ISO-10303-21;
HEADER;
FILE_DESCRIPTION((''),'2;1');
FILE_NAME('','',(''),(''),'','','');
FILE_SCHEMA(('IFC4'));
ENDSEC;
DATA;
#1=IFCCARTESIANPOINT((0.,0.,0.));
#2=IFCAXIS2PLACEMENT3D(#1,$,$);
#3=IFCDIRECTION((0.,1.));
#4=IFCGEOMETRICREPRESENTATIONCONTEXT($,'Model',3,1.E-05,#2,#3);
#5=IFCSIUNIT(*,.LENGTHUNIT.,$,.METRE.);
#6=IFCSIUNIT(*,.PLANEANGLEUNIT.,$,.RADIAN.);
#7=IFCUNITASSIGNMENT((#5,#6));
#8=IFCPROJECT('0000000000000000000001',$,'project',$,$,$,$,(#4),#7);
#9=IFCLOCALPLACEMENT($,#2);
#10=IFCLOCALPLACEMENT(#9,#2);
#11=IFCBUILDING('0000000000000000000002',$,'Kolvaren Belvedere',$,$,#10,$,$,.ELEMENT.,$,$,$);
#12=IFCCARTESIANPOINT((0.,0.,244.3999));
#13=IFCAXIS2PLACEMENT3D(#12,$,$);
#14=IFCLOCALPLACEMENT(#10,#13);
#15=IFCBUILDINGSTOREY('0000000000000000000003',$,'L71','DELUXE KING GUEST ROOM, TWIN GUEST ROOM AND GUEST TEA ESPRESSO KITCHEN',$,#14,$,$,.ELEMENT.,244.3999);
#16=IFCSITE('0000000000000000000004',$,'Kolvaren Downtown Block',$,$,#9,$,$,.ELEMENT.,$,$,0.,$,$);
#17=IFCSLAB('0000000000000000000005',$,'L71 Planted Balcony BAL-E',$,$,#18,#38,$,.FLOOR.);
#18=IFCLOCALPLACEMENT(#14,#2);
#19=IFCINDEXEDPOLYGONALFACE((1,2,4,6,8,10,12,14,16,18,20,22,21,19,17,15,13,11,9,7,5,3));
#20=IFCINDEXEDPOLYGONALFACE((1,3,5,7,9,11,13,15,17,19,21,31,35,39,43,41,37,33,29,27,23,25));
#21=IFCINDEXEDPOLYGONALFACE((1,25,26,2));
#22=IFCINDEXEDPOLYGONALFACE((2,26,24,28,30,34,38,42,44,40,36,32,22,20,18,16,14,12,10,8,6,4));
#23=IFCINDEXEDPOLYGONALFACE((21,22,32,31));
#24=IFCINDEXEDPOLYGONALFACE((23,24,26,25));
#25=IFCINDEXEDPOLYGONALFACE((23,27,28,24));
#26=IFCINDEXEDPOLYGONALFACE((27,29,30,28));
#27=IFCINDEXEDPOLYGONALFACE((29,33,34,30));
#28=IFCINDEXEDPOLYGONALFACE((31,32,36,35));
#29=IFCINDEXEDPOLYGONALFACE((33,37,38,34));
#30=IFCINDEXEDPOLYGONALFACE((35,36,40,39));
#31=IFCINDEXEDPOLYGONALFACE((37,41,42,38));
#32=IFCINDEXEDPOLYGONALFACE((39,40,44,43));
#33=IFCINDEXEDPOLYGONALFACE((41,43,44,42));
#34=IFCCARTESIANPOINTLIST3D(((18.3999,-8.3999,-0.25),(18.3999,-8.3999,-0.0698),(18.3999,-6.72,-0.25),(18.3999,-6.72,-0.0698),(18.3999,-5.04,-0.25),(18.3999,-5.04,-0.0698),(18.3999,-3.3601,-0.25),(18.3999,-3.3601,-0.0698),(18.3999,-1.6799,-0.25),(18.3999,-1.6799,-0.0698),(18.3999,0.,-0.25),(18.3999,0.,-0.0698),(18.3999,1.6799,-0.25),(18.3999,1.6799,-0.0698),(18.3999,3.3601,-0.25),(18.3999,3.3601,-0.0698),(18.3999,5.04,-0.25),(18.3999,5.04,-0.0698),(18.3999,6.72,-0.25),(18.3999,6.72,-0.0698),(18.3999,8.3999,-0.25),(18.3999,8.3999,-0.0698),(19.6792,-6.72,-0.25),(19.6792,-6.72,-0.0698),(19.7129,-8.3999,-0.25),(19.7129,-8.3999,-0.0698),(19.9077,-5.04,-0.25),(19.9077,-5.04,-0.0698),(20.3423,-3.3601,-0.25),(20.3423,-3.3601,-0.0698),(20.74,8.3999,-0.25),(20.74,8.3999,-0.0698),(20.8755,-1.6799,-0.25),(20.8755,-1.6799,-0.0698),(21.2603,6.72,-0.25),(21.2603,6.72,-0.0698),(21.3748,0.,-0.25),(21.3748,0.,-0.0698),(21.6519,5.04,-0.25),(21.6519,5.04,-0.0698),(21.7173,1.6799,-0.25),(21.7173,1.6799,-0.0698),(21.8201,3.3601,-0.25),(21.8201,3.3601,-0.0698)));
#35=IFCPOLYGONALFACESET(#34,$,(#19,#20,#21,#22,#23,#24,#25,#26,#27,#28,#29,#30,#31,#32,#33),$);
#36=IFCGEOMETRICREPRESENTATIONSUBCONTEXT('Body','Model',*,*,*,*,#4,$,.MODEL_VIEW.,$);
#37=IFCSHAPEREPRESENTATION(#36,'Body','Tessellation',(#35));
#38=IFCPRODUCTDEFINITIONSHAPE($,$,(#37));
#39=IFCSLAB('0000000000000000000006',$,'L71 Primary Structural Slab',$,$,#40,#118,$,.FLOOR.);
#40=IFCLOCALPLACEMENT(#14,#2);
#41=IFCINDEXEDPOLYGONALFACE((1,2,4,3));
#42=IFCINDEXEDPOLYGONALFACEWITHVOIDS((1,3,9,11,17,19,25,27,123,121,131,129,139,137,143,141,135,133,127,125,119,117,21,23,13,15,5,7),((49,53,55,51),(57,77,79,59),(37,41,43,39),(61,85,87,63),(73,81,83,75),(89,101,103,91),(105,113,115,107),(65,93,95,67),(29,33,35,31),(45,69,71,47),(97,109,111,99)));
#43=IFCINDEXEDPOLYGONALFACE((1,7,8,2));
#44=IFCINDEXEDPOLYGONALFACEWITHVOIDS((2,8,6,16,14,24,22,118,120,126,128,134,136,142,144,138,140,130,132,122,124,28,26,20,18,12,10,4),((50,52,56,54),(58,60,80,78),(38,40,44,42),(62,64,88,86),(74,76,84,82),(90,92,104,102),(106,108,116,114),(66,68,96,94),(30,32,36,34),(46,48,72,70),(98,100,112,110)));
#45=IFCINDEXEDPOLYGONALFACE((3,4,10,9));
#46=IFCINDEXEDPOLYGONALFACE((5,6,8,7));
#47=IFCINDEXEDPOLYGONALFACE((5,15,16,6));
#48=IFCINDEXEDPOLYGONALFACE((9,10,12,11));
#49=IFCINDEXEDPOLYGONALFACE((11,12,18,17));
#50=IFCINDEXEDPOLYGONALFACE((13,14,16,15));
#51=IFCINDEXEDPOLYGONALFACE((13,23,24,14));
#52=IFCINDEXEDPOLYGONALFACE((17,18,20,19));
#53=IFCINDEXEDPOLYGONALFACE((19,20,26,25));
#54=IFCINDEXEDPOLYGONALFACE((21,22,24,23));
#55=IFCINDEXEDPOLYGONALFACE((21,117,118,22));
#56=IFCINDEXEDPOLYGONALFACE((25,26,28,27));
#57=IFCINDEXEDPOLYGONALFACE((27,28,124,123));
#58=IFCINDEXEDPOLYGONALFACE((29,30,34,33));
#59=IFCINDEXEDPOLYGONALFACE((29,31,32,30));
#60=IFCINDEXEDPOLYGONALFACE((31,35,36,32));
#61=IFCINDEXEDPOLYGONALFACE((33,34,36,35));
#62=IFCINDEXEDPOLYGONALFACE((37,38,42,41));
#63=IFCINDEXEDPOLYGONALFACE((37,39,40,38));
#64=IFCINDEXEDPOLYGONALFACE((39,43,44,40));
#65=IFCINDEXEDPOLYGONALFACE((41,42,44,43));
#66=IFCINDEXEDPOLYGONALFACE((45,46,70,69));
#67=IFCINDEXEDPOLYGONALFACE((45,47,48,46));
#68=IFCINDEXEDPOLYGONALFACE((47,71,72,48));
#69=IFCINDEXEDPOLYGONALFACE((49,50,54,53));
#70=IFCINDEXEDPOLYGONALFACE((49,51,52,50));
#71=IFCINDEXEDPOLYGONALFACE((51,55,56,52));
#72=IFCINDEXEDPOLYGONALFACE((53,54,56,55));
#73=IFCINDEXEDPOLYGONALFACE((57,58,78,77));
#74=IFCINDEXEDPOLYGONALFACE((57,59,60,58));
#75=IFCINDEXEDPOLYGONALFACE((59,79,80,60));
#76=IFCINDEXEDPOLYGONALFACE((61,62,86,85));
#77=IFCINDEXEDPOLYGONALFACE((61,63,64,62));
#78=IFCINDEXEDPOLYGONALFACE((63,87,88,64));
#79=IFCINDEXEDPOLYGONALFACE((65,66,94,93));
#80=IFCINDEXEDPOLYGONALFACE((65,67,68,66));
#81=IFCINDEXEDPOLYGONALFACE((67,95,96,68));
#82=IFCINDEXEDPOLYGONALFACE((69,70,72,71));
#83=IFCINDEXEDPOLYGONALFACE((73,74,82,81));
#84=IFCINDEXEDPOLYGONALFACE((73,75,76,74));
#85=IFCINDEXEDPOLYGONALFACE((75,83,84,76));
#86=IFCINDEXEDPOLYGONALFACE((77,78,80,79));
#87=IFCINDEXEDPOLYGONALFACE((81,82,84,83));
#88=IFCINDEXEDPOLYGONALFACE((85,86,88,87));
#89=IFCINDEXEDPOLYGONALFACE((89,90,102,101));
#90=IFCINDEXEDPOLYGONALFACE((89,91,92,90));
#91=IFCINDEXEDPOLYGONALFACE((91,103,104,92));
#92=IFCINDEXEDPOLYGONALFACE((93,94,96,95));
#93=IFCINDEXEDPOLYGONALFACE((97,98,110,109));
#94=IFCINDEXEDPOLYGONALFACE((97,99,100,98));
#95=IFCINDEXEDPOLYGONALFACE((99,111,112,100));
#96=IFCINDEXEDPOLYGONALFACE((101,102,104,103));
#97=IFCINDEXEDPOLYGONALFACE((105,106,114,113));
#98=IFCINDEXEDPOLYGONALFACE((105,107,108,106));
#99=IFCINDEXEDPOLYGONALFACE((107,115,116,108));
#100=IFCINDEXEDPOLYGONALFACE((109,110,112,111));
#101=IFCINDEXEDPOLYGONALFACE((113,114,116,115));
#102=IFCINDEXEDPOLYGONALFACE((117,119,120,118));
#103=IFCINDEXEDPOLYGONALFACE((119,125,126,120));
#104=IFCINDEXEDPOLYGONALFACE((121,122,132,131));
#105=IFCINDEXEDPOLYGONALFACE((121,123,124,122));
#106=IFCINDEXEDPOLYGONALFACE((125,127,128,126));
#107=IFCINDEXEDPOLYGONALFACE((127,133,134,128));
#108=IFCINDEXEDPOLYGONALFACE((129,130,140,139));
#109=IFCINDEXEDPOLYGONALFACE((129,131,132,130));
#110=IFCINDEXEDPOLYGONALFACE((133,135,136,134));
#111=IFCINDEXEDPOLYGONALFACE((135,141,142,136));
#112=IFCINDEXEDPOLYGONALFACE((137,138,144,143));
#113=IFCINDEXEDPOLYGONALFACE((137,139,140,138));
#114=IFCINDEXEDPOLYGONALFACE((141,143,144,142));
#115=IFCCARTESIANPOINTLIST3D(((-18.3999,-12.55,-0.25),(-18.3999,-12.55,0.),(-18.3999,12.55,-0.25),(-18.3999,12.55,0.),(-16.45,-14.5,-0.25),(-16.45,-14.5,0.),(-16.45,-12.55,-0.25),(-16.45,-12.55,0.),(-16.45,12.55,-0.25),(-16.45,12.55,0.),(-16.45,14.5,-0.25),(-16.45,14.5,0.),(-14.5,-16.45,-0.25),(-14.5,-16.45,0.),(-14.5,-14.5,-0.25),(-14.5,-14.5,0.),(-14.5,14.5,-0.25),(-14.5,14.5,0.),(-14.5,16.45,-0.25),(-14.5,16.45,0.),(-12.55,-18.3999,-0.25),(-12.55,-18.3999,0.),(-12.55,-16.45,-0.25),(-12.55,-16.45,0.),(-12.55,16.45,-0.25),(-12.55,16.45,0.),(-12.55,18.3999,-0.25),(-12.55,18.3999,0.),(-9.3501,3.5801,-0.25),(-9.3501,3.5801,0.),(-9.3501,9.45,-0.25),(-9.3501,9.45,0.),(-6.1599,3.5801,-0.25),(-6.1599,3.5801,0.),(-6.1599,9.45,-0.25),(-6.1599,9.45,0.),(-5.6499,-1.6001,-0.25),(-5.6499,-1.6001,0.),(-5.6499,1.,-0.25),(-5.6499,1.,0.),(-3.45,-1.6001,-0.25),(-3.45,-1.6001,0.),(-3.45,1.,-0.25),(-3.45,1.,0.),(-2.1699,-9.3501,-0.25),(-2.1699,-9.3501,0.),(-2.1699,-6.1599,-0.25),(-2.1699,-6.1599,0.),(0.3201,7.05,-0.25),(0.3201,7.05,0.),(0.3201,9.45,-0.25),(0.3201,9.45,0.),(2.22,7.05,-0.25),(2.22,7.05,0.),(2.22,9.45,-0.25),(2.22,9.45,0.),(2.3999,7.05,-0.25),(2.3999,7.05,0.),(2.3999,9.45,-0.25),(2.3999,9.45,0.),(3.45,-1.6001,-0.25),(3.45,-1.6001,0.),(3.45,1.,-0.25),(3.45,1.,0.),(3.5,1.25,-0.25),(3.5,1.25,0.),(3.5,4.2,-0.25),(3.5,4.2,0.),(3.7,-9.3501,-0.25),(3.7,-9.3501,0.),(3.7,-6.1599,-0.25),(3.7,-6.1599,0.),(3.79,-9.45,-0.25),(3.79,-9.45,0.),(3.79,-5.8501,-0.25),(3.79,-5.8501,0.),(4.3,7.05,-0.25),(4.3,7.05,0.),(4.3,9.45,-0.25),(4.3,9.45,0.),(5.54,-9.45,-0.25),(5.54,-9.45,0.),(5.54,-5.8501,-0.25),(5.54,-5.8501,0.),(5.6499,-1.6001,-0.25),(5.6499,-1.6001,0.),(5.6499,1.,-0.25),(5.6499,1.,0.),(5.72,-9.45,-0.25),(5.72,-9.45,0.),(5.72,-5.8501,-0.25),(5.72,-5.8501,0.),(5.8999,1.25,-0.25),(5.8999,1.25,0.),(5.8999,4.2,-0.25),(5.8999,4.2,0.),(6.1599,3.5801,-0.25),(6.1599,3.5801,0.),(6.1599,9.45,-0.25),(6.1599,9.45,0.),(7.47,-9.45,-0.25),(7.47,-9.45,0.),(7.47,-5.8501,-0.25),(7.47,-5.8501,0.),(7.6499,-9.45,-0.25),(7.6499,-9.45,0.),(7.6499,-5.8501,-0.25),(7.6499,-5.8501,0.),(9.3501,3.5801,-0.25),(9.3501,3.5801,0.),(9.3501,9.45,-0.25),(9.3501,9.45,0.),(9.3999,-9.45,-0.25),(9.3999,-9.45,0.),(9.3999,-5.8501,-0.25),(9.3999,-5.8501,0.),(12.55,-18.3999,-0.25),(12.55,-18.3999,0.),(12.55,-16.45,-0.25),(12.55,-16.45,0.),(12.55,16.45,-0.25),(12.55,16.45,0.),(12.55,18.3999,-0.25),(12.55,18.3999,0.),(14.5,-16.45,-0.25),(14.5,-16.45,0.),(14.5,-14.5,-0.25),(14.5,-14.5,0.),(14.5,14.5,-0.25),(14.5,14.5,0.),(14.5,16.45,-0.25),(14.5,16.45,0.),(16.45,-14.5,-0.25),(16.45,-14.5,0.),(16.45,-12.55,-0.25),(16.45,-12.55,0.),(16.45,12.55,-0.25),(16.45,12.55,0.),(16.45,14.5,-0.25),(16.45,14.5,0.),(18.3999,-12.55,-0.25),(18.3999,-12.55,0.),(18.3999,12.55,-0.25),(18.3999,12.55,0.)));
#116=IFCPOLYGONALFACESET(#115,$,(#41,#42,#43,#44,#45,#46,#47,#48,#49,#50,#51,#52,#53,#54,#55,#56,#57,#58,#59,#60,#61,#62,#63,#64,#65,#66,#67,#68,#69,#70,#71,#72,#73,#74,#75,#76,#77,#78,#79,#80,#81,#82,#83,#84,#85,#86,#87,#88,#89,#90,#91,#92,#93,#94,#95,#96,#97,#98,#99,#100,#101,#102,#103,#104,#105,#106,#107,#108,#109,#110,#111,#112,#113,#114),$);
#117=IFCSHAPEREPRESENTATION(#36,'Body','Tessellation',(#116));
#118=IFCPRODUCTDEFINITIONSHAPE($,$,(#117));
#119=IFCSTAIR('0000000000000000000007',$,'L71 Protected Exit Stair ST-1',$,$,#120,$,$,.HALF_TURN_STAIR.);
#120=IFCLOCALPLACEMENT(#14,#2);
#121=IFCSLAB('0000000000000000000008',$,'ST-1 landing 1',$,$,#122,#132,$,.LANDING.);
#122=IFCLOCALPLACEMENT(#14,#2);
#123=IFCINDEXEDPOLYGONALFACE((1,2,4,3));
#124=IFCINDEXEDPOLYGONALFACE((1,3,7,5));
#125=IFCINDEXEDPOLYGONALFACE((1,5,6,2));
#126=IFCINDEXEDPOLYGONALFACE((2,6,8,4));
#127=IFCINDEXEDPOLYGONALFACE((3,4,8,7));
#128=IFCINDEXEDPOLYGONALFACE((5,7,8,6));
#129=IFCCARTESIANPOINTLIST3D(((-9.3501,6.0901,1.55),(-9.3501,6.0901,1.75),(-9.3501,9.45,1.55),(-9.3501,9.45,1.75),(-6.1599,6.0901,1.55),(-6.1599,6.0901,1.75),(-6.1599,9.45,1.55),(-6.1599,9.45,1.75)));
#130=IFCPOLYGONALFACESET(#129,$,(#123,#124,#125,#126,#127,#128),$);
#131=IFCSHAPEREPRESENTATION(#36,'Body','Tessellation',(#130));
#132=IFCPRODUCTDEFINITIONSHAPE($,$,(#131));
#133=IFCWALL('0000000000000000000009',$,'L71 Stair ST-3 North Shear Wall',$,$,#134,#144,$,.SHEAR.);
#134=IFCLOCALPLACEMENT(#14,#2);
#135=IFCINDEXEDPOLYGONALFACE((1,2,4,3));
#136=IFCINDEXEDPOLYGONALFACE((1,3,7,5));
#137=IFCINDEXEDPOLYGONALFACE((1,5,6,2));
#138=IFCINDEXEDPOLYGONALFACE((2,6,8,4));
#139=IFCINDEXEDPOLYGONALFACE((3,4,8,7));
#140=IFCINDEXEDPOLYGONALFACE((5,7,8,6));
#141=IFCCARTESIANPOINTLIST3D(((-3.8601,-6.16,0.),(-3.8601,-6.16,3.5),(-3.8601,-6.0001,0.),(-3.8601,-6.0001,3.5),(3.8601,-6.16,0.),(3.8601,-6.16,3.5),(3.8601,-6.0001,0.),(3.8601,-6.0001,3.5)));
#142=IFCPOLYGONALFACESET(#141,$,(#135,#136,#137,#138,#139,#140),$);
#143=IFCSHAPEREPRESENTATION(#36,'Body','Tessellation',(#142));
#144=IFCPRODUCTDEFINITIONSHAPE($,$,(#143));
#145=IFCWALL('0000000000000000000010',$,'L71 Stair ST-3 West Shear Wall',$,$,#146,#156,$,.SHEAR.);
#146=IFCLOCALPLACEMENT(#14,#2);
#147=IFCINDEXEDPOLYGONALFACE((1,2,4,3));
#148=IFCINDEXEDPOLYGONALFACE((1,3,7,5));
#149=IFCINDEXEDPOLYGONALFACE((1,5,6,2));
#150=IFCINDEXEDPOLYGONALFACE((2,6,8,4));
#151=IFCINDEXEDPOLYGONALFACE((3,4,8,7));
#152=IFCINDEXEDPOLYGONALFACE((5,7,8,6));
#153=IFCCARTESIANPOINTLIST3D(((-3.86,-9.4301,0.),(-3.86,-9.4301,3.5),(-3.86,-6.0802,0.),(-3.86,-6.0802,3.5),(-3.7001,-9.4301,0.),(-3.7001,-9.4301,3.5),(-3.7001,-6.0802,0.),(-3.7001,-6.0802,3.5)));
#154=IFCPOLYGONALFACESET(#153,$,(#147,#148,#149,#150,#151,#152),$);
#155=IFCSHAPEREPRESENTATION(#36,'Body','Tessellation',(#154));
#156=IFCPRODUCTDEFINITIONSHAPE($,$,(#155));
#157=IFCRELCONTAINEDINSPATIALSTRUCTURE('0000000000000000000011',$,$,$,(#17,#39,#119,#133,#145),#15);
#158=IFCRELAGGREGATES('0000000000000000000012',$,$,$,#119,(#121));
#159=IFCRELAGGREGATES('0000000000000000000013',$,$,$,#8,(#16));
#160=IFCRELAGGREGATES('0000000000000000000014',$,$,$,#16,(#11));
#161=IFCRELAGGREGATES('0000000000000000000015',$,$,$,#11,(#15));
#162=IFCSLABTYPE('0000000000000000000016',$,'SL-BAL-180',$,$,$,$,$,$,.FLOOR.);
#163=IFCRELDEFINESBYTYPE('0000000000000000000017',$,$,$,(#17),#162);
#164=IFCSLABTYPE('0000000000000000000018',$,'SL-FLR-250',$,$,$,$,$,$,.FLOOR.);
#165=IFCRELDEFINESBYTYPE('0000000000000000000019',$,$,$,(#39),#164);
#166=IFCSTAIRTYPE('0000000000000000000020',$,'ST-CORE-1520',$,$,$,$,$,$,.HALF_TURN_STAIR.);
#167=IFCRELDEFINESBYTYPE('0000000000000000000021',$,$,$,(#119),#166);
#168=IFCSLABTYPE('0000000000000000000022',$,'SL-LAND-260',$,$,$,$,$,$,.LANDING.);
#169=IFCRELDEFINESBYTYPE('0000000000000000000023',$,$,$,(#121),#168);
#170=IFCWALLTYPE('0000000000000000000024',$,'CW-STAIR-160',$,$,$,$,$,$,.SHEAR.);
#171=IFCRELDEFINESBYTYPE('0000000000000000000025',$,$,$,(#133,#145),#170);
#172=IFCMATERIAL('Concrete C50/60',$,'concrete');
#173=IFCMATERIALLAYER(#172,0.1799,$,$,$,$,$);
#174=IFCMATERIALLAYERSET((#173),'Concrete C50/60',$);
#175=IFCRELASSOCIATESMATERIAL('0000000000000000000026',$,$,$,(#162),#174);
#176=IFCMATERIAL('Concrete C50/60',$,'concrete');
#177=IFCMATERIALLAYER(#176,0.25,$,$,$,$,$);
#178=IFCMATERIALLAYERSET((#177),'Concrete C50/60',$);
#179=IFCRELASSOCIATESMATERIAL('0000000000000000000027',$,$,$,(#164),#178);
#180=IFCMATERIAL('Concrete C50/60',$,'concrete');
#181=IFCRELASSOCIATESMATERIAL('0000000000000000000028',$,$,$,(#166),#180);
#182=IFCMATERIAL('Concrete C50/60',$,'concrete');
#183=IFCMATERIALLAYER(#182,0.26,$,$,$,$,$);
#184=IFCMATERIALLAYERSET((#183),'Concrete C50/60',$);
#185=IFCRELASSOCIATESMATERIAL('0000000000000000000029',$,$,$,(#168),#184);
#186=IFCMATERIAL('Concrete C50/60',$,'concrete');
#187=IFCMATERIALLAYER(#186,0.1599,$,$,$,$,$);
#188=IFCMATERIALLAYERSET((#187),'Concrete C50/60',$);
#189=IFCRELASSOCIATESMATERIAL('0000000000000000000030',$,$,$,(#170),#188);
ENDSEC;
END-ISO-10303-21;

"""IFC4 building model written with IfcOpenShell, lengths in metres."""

from ifc_helpers import new_model, si_unit, direction, frame, frame_2d, origin, place, context, subcontext, project, spatial, polyline, rectangle, outline, extrude, material, layer, layer_set, type_object, element, aggregate, save


model = new_model("IFC4")

# Units and contexts
model_context = context("Model", 3, precision=1e-05, world=origin(), true_north=direction((0.0, 1.0)))
body_context = subcontext(model_context, "Body", "Model", "MODEL_VIEW")
ifc_project = project(units=[si_unit("LENGTHUNIT", "METRE"), si_unit("PLANEANGLEUNIT", "RADIAN")], contexts=[model_context])

# Site, building, storey
site_placement = place(None, origin())
site = spatial("IfcSite", under=ifc_project, at=site_placement, Name="Kolvaren Downtown Block", CompositionType="ELEMENT", RefElevation=0.0)
building_placement = place(site_placement, origin())
building = spatial("IfcBuilding", under=site, at=building_placement, Name="Kolvaren Belvedere", CompositionType="ELEMENT")
storey_placement = place(building_placement, frame((0.0, 0.0, 244.3999)))
storey = spatial("IfcBuildingStorey", under=building, at=storey_placement, Name="L71", Description="DELUXE KING GUEST ROOM, TWIN GUEST ROOM AND GUEST TEA ESPRESSO KITCHEN", CompositionType="ELEMENT", Elevation=244.3999)

# Slabs
ifc_material_1 = material(Name="Concrete C50/60", Category="concrete")
ifc_layer_1 = layer(ifc_material_1, 0.1799)
ifc_layer_set_1 = layer_set([ifc_layer_1], Name="Concrete C50/60")
slab_type_1 = type_object("IfcSlabType", Name="SL-BAL-180", PredefinedType="FLOOR", material=ifc_layer_set_1)
slab_1_placement = place(storey_placement, frame((0.0, 0.0, -0.25)))
element("IfcSlab", 1, at=slab_1_placement, inside=storey, type_object=slab_type_1, Name="L71 Planted Balcony BAL-E", PredefinedType="FLOOR", context=body_context, shape_type="SweptSolid", body=[
    extrude(outline(polyline([(19.7129, -8.3999), (19.6792, -6.72), (19.9077, -5.04), (20.3423, -3.3601), (20.8755, -1.6799), (21.3748, 0.0), (21.7173, 1.6799), (21.8201, 3.3601), (21.6519, 5.04), (21.2603, 6.72), (20.74, 8.3999), (18.3999, 8.3999), (18.3999, 6.72), (18.3999, 5.04), (18.3999, 3.3601), (18.3999, 1.6799), (18.3999, 0.0), (18.3999, -1.6799), (18.3999, -3.3601), (18.3999, -5.04), (18.3999, -6.72), (18.3999, -8.3999), (19.7129, -8.3999)])), origin(), (0.0, 0.0, 1.0), 0.1802),
])
ifc_material_2 = material(Name="Concrete C50/60", Category="concrete")
ifc_layer_2 = layer(ifc_material_2, 0.25)
ifc_layer_set_2 = layer_set([ifc_layer_2], Name="Concrete C50/60")
slab_type_2 = type_object("IfcSlabType", Name="SL-FLR-250", PredefinedType="FLOOR", material=ifc_layer_set_2)
slab_2_placement = place(storey_placement, frame((0.0, 0.0, -0.25)))
element("IfcSlab", 2, at=slab_2_placement, inside=storey, type_object=slab_type_2, Name="L71 Primary Structural Slab", PredefinedType="FLOOR", context=body_context, shape_type="SweptSolid", body=[
    extrude(outline(polyline([(-12.55, -18.3999), (12.55, -18.3999), (12.55, -16.45), (14.5, -16.45), (14.5, -14.5), (16.45, -14.5), (16.45, -12.55), (18.3999, -12.55), (18.3999, 12.55), (16.45, 12.55), (16.45, 14.5), (14.5, 14.5), (14.5, 16.45), (12.55, 16.45), (12.55, 18.3999), (-12.55, 18.3999), (-12.55, 16.45), (-14.5, 16.45), (-14.5, 14.5), (-16.45, 14.5), (-16.45, 12.55), (-18.3999, 12.55), (-18.3999, -12.55), (-16.45, -12.55), (-16.45, -14.5), (-14.5, -14.5), (-14.5, -16.45), (-12.55, -16.45), (-12.55, -18.3999)]), holes=[polyline([(-9.3501, 3.5801), (-6.1599, 3.5801), (-6.1599, 9.45), (-9.3501, 9.45), (-9.3501, 3.5801)]), polyline([(6.1599, 3.5801), (9.3501, 3.5801), (9.3501, 9.45), (6.1599, 9.45), (6.1599, 3.5801)]), polyline([(-2.1699, -9.3501), (3.7, -9.3501), (3.7, -6.1599), (-2.1699, -6.1599), (-2.1699, -9.3501)]), polyline([(-5.6499, -1.6001), (-3.45, -1.6001), (-3.45, 1.0), (-5.6499, 1.0), (-5.6499, -1.6001)]), polyline([(3.5, 1.25), (5.8999, 1.25), (5.8999, 4.2), (3.5, 4.2), (3.5, 1.25)]), polyline([(3.45, -1.6001), (5.6499, -1.6001), (5.6499, 1.0), (3.45, 1.0), (3.45, -1.6001)]), polyline([(3.79, -9.45), (5.54, -9.45), (5.54, -5.8501), (3.79, -5.8501), (3.79, -9.45)]), polyline([(5.72, -9.45), (7.47, -9.45), (7.47, -5.8501), (5.72, -5.8501), (5.72, -9.45)]), polyline([(7.6499, -9.45), (9.3999, -9.45), (9.3999, -5.8501), (7.6499, -5.8501), (7.6499, -9.45)]), polyline([(0.3201, 7.05), (2.22, 7.05), (2.22, 9.45), (0.3201, 9.45), (0.3201, 7.05)]), polyline([(2.3999, 7.05), (4.3, 7.05), (4.3, 9.45), (2.3999, 9.45), (2.3999, 7.05)])]), origin(), (0.0, 0.0, 1.0), 0.25),
])

# Stair, slab
ifc_material_3 = material(Name="Concrete C50/60", Category="concrete")
stair_type = type_object("IfcStairType", Name="ST-CORE-1520", PredefinedType="HALF_TURN_STAIR", material=ifc_material_3)
stair_1_placement = place(storey_placement, origin())
stair_1 = element("IfcStair", 3, at=stair_1_placement, inside=storey, type_object=stair_type, Name="L71 Protected Exit Stair ST-1", PredefinedType="HALF_TURN_STAIR")
ifc_material_4 = material(Name="Concrete C50/60", Category="concrete")
ifc_layer_3 = layer(ifc_material_4, 0.26)
ifc_layer_set_3 = layer_set([ifc_layer_3], Name="Concrete C50/60")
slab_type_3 = type_object("IfcSlabType", Name="SL-LAND-260", PredefinedType="LANDING", material=ifc_layer_set_3)
slab_3_placement = place(storey_placement, frame((0.0, 0.0, 1.55)))
slab_3 = element("IfcSlab", 4, at=slab_3_placement, type_object=slab_type_3, Name="ST-1 landing 1", PredefinedType="LANDING", context=body_context, shape_type="SweptSolid", body=[
    extrude(outline(polyline([(-6.1599, 6.0901), (-6.1599, 9.45), (-9.3501, 9.45), (-9.3501, 6.0901), (-6.1599, 6.0901)])), origin(), (0.0, 0.0, 1.0), 0.2),
])
aggregate(stair_1, [slab_3])

# Walls
ifc_material_5 = material(Name="Concrete C50/60", Category="concrete")
ifc_layer_4 = layer(ifc_material_5, 0.1599)
ifc_layer_set_4 = layer_set([ifc_layer_4], Name="Concrete C50/60")
wall_type_1 = type_object("IfcWallType", Name="CW-STAIR-160", PredefinedType="SHEAR", material=ifc_layer_set_4)
wall_1_placement = place(storey_placement, frame((-3.8601, -6.0801, 0.0), z_axis=(0.0, 0.0, 1.0), x_axis=(1.0, 0.0, 0.0)))
element("IfcWall", 5, at=wall_1_placement, inside=storey, type_object=wall_type_1, Name="L71 Stair ST-3 North Shear Wall", PredefinedType="SHEAR", context=body_context, shape_type="SweptSolid", body=[
    extrude(rectangle(XDim=7.7202, YDim=0.1599, at=frame_2d((3.8601, 0.0))), origin(), (0.0, 0.0, 1.0), 3.5),
])
wall_2_placement = place(storey_placement, frame((-3.78, -9.4299, 0.0), z_axis=(0.0, 0.0, 1.0), x_axis=(0.0, 1.0, 0.0)))
element("IfcWall", 6, at=wall_2_placement, inside=storey, type_object=wall_type_1, Name="L71 Stair ST-3 West Shear Wall", PredefinedType="SHEAR", context=body_context, shape_type="SweptSolid", body=[
    extrude(rectangle(XDim=3.3499, YDim=0.1599, at=frame_2d((1.6748, 0.0))), origin(), (0.0, 0.0, 1.0), 3.5),
])

save(model, "model.ifc")
